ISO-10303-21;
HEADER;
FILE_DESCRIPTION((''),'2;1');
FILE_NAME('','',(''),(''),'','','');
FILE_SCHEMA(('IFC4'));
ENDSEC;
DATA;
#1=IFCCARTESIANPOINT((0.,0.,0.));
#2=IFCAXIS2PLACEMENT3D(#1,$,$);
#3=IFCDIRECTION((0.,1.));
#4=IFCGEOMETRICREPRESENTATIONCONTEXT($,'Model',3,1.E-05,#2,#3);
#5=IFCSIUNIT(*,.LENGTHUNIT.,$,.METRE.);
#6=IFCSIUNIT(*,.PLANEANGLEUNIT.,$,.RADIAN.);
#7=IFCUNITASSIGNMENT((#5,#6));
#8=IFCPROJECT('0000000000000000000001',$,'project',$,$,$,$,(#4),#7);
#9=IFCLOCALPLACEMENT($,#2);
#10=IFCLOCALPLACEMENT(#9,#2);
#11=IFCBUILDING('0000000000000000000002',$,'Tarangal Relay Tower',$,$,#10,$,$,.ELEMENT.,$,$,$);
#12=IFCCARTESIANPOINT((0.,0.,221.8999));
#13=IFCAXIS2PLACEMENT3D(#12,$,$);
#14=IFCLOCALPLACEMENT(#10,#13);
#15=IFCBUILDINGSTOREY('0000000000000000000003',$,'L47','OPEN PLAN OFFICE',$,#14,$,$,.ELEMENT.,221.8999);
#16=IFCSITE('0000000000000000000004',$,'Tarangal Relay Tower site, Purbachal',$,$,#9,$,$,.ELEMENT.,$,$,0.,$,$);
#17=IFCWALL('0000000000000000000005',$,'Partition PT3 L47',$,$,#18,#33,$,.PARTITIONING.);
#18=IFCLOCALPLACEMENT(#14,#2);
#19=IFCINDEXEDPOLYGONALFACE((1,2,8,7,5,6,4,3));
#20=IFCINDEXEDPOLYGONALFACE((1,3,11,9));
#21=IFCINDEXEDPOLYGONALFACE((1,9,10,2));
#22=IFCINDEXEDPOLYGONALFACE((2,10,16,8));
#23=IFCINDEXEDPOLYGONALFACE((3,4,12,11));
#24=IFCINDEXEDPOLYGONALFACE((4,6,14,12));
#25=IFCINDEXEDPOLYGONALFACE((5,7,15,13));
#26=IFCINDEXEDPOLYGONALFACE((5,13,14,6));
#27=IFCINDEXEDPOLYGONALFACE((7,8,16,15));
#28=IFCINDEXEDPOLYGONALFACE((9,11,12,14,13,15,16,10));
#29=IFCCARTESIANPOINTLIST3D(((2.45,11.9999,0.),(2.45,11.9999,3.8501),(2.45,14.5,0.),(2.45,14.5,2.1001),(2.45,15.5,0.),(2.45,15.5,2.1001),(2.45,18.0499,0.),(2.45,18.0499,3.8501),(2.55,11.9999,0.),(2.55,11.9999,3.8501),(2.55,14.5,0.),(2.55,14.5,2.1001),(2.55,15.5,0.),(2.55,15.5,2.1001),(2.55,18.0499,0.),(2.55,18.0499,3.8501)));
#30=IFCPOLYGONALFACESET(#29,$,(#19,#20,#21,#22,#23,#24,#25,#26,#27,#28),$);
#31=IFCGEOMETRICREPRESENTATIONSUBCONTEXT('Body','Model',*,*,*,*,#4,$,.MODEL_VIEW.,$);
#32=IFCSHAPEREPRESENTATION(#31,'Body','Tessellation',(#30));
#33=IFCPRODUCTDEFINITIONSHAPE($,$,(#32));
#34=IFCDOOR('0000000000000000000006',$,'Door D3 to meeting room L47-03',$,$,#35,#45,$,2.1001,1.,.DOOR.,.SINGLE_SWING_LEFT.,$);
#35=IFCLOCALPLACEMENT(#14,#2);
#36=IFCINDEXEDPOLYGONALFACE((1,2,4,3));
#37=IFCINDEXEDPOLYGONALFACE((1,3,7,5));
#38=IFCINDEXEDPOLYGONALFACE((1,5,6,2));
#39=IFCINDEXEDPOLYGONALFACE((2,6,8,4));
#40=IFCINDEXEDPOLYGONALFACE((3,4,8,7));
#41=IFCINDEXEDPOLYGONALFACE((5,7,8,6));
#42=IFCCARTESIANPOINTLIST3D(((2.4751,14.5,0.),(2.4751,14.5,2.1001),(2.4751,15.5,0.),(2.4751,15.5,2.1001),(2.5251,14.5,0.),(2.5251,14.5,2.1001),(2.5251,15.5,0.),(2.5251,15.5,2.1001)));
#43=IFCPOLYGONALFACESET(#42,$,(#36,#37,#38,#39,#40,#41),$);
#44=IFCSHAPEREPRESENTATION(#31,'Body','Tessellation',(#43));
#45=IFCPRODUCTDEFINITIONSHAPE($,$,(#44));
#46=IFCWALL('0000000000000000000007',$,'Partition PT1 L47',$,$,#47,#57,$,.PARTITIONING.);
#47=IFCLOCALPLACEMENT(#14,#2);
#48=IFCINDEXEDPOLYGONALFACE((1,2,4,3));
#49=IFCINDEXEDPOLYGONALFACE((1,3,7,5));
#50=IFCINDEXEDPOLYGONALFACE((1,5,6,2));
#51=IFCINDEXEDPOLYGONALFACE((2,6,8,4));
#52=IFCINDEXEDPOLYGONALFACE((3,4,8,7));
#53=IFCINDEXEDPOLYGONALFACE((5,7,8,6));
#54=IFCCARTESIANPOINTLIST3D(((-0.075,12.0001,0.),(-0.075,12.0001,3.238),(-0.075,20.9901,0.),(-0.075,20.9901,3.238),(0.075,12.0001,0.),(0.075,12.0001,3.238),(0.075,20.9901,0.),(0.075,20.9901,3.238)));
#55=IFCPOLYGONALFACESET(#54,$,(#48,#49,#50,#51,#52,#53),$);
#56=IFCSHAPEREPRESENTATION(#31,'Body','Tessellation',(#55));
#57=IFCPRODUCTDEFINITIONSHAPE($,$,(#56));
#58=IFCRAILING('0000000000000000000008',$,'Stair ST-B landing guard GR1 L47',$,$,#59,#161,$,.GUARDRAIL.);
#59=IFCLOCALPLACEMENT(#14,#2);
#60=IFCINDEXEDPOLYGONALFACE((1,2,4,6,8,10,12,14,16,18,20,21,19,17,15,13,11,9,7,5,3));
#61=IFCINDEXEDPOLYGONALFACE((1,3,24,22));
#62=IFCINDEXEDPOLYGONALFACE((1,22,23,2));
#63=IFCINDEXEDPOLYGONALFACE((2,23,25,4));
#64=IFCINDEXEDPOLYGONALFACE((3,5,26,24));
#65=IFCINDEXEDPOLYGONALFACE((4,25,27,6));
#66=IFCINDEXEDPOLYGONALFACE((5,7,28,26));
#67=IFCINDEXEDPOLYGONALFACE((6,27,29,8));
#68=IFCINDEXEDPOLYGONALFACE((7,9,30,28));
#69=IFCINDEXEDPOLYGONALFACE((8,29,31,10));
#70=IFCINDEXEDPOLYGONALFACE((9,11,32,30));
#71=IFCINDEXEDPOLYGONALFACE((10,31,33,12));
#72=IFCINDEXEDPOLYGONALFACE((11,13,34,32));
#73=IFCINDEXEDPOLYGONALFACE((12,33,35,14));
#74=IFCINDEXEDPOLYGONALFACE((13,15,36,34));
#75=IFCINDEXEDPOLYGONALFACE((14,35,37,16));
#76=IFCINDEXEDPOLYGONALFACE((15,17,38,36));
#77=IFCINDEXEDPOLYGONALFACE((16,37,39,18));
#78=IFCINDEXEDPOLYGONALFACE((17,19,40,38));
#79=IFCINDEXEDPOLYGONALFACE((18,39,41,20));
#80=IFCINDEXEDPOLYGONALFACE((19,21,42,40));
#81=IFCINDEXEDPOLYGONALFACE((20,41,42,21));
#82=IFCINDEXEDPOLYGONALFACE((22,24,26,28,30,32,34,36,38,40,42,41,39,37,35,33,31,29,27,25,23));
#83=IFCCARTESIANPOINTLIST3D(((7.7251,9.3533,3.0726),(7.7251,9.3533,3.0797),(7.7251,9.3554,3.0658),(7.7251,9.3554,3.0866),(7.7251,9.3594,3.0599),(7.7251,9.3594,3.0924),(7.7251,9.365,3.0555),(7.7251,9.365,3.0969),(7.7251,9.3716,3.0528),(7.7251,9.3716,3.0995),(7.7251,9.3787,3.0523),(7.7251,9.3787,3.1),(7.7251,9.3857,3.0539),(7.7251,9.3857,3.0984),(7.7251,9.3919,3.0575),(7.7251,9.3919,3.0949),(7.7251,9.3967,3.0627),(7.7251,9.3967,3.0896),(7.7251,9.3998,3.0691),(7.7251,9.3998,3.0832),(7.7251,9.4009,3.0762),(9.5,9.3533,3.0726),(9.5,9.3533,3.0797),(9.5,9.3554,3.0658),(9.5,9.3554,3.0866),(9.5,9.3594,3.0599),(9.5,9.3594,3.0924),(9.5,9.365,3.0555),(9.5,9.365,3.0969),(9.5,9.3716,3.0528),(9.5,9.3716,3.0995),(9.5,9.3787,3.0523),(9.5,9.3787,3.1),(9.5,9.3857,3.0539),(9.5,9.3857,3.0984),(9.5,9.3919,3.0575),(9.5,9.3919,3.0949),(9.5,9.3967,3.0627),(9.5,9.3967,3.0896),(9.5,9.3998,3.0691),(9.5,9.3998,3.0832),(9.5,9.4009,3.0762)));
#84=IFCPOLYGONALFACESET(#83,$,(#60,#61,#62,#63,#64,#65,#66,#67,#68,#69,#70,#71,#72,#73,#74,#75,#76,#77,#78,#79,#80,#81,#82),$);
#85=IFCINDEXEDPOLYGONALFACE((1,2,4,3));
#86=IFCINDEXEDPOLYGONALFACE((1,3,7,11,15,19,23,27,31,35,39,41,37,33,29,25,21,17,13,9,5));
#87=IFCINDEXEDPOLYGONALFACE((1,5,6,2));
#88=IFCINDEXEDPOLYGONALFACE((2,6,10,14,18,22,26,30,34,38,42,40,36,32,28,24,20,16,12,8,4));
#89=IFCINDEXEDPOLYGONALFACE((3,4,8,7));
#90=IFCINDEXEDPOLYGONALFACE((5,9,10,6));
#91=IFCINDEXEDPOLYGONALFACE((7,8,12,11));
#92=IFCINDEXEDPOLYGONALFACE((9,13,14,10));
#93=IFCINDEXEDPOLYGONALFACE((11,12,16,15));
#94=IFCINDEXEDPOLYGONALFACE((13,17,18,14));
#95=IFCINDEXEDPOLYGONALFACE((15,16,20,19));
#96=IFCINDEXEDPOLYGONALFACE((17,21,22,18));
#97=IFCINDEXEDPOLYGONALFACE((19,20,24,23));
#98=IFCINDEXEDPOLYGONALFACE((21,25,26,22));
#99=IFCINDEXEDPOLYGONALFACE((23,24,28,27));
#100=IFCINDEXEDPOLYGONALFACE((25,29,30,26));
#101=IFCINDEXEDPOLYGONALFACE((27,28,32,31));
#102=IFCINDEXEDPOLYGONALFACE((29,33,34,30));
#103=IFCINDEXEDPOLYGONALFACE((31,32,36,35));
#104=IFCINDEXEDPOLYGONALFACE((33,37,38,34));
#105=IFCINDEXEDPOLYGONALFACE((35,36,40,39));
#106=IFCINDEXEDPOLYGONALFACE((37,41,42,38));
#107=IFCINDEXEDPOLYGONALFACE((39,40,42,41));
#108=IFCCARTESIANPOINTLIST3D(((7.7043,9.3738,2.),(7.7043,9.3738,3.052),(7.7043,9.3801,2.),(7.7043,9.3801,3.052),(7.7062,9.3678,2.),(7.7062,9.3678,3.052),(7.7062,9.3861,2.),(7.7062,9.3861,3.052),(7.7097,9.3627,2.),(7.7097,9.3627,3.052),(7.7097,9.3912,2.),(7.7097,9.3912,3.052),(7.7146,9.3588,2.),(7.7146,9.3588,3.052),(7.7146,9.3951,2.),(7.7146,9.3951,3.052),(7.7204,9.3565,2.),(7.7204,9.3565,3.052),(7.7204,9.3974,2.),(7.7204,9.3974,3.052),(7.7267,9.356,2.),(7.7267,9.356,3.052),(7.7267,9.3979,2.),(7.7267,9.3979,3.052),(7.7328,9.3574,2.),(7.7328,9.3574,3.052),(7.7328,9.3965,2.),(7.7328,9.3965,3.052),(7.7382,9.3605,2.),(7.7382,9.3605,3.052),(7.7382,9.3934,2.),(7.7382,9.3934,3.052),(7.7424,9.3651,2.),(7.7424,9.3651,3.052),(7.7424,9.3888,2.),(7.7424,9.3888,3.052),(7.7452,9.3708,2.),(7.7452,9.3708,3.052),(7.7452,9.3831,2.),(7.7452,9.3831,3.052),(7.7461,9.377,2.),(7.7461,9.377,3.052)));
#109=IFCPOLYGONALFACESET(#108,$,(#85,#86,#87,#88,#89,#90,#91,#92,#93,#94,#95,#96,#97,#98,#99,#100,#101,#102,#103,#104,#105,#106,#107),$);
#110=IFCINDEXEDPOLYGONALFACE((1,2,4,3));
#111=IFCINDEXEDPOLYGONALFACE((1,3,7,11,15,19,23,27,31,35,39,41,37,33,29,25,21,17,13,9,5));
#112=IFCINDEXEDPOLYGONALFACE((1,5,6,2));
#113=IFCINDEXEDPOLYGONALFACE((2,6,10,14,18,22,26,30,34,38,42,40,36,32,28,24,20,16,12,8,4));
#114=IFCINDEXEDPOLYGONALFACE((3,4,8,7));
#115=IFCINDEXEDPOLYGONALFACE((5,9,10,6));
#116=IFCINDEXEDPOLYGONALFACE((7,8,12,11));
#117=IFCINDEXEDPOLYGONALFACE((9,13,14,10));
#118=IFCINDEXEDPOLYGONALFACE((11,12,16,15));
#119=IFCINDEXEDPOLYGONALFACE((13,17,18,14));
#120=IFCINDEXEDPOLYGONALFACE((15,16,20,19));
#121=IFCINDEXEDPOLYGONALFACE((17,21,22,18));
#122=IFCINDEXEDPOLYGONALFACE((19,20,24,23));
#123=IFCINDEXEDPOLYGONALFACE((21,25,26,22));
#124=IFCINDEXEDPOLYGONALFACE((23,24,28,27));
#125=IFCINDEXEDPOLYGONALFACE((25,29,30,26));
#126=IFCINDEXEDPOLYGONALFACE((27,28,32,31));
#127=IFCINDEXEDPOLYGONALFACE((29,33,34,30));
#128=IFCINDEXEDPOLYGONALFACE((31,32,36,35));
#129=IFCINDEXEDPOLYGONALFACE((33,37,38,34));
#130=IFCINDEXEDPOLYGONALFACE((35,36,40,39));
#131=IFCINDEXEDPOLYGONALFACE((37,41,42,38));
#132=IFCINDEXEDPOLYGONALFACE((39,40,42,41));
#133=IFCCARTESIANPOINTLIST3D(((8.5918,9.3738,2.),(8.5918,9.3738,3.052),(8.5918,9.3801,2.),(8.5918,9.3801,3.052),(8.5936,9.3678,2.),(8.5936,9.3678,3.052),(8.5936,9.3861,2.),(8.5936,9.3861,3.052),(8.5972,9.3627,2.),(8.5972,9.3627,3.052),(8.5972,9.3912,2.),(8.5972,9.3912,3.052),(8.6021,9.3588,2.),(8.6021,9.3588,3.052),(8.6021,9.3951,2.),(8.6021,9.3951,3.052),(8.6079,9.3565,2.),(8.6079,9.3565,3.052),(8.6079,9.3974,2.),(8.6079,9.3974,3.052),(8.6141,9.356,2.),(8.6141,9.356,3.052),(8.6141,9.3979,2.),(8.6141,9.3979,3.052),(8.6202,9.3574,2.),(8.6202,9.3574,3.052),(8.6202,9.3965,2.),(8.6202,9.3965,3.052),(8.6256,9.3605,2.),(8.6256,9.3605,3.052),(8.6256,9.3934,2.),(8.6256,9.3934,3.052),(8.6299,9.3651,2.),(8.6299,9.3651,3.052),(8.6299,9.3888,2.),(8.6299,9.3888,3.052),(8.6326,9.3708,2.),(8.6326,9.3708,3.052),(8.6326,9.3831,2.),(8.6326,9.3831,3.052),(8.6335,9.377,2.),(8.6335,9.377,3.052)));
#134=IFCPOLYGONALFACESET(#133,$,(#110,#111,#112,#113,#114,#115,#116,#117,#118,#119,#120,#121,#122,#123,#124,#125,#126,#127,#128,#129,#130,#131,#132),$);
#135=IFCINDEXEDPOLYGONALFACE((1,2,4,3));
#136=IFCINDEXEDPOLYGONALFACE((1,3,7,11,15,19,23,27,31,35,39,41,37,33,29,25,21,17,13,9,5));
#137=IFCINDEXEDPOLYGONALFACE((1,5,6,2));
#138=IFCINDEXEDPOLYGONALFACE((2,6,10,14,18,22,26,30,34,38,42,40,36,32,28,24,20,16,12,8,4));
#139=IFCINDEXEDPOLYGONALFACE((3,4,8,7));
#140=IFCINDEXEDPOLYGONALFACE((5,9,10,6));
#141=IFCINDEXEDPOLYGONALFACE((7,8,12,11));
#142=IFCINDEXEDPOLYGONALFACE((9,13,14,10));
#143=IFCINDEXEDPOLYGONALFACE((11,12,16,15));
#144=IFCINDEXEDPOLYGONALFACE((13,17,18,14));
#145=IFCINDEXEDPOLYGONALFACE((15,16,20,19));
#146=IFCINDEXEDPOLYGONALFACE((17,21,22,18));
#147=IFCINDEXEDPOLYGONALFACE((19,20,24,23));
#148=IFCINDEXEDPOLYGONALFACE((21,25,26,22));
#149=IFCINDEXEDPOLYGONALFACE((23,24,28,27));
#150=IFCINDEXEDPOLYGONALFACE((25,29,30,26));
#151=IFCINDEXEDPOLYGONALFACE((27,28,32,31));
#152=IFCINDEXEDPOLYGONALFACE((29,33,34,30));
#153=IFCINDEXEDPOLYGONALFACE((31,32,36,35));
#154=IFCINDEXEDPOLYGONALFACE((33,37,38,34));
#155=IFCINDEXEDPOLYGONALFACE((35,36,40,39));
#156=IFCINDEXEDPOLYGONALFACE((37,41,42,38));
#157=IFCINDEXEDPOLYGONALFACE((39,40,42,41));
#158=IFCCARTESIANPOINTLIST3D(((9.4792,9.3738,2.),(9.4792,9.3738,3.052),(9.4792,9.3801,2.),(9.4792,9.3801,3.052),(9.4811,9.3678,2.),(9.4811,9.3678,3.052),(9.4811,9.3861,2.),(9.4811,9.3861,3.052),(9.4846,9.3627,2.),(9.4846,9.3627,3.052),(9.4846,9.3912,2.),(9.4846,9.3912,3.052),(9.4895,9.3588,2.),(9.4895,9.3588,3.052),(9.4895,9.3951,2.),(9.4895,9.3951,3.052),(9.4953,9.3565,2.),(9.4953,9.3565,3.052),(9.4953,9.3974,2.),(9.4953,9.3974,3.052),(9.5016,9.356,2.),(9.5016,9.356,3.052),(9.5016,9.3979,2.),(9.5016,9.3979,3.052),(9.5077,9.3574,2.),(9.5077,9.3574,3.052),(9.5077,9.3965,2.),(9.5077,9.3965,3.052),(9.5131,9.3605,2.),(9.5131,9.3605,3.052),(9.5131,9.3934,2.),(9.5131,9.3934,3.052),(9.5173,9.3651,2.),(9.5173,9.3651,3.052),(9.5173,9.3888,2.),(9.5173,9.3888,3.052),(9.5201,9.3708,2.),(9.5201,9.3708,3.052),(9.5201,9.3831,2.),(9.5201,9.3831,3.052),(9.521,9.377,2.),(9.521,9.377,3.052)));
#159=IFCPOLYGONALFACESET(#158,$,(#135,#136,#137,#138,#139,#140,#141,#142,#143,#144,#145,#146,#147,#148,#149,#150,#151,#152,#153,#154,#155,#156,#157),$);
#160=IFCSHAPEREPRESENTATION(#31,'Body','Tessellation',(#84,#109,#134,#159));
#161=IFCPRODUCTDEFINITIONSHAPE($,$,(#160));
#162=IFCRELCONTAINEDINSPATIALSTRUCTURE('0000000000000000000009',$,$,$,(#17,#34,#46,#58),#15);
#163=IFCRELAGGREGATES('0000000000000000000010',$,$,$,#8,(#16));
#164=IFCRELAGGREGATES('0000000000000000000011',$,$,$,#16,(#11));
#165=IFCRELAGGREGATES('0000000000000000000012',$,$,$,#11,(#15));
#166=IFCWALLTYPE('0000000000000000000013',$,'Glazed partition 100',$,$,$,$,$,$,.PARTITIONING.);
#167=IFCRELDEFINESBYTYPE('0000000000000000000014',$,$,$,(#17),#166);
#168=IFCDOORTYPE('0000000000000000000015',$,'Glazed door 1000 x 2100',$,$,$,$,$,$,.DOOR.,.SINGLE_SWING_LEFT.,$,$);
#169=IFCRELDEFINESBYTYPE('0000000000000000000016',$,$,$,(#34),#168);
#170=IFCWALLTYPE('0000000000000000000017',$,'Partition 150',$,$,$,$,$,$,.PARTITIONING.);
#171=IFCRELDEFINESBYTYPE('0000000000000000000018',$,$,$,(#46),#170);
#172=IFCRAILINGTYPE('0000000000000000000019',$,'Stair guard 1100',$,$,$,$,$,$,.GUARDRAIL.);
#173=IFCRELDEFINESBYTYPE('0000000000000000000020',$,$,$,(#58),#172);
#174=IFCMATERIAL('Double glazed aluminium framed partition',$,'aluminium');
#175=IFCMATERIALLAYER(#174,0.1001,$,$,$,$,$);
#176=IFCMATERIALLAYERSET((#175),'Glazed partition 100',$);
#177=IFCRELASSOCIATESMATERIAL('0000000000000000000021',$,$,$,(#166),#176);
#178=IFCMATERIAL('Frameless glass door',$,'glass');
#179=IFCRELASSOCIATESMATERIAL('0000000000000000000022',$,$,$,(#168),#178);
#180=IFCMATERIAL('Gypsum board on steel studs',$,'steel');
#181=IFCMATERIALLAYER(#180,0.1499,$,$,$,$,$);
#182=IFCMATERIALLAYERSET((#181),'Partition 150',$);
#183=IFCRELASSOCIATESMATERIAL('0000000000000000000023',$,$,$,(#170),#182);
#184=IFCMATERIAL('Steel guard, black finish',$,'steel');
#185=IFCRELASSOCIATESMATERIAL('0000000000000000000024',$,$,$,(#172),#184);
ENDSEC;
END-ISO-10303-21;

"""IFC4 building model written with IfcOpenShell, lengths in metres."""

from ifc_helpers import new_model, si_unit, direction, frame, frame_2d, origin, origin_2d, place, context, subcontext, project, spatial, rectangle, circle, extrude, material, layer, layer_set, type_object, element, fill, save


model = new_model("IFC4")

# Units and contexts
model_context = context("Model", 3, precision=1e-05, world=origin(), true_north=direction((0.0, 1.0)))
body_context = subcontext(model_context, "Body", "Model", "MODEL_VIEW")
ifc_project = project(units=[si_unit("LENGTHUNIT", "METRE"), si_unit("PLANEANGLEUNIT", "RADIAN")], contexts=[model_context])

# Site, building, storey
site_placement = place(None, origin())
site = spatial("IfcSite", under=ifc_project, at=site_placement, Name="Tarangal Relay Tower site, Purbachal", CompositionType="ELEMENT", RefElevation=0.0)
building_placement = place(site_placement, origin())
building = spatial("IfcBuilding", under=site, at=building_placement, Name="Tarangal Relay Tower", CompositionType="ELEMENT")
storey_placement = place(building_placement, frame((0.0, 0.0, 221.8999)))
storey = spatial("IfcBuildingStorey", under=building, at=storey_placement, Name="L47", Description="OPEN PLAN OFFICE", CompositionType="ELEMENT", Elevation=221.8999)

# Wall, opening, door
ifc_material_1 = material(Name="Double glazed aluminium framed partition", Category="aluminium")
ifc_layer_1 = layer(ifc_material_1, 0.1001)
ifc_layer_set_1 = layer_set([ifc_layer_1], Name="Glazed partition 100")
wall_type_1 = type_object("IfcWallType", Name="Glazed partition 100", PredefinedType="PARTITIONING", material=ifc_layer_set_1)
wall_1_placement = place(storey_placement, frame((2.5, 12.0, 0.0), z_axis=(0.0, 0.0, 1.0), x_axis=(0.0, 1.0, 0.0)))
wall_1 = element("IfcWall", 1, at=wall_1_placement, inside=storey, type_object=wall_type_1, Name="Partition PT3 L47", PredefinedType="PARTITIONING", context=body_context, shape_type="SweptSolid", body=[
    extrude(rectangle(XDim=6.05, YDim=0.1001, at=frame_2d((3.0249, 0.0))), origin(), (0.0, 0.0, 1.0), 3.8501),
])
opening_1_placement = place(wall_1_placement, frame((2.5, 0.0, 0.0)))
opening_1 = element("IfcOpeningElement", 2, at=opening_1_placement, cuts=wall_1, PredefinedType="OPENING", context=body_context, shape_type="SweptSolid", body=[
    extrude(rectangle(XDim=1.0, YDim=2.1001, at=frame_2d((0.5, 1.05))), frame((0.0, 0.0601, 0.0), z_axis=(0.0, -1.0, 0.0), x_axis=(1.0, 0.0, 0.0)), (0.0, 0.0, 1.0), 0.1201),
])
ifc_material_2 = material(Name="Frameless glass door", Category="glass")
door_type_1 = type_object("IfcDoorType", Name="Glazed door 1000 x 2100", OperationType="SINGLE_SWING_LEFT", PredefinedType="DOOR", material=ifc_material_2)
door_1_placement = place(opening_1_placement, origin())
door_1 = element("IfcDoor", 3, at=door_1_placement, inside=storey, type_object=door_type_1, Name="Door D3 to meeting room L47-03", OperationType="SINGLE_SWING_LEFT", OverallHeight=2.1001, OverallWidth=1.0, PredefinedType="DOOR", context=body_context, shape_type="SweptSolid", body=[
    extrude(rectangle(XDim=1.0, YDim=2.1001, at=frame_2d((0.5, 1.05))), frame((0.0, 0.0249, 0.0), z_axis=(0.0, -1.0, 0.0), x_axis=(1.0, 0.0, 0.0)), (0.0, 0.0, 1.0), 0.05),
])
fill(opening_1, door_1)

# Wall
ifc_material_3 = material(Name="Gypsum board on steel studs", Category="steel")
ifc_layer_2 = layer(ifc_material_3, 0.1499)
ifc_layer_set_2 = layer_set([ifc_layer_2], Name="Partition 150")
wall_type_2 = type_object("IfcWallType", Name="Partition 150", PredefinedType="PARTITIONING", material=ifc_layer_set_2)
wall_2_placement = place(storey_placement, frame((0.0, 12.0, 0.0), z_axis=(0.0, 0.0, 1.0), x_axis=(0.0, 1.0, 0.0)))
element("IfcWall", 4, at=wall_2_placement, inside=storey, type_object=wall_type_2, Name="Partition PT1 L47", PredefinedType="PARTITIONING", context=body_context, shape_type="SweptSolid", body=[
    extrude(rectangle(XDim=8.99, YDim=0.1499, at=frame_2d((4.4951, 0.0))), origin(), (0.0, 0.0, 1.0), 3.238),
])

# Railing
ifc_material_4 = material(Name="Steel guard, black finish", Category="steel")
railing_type = type_object("IfcRailingType", Name="Stair guard 1100", PredefinedType="GUARDRAIL", material=ifc_material_4)
railing_placement = place(storey_placement, frame((7.7251, 9.377, 2.0)))
element("IfcRailing", 5, at=railing_placement, inside=storey, type_object=railing_type, Name="Stair ST-B landing guard GR1 L47", PredefinedType="GUARDRAIL", context=body_context, shape_type="SweptSolid", body=[
    extrude(circle(Radius=0.0239, at=origin_2d()), frame((0.0, 0.0, 1.0762), z_axis=(1.0, 0.0, 0.0), x_axis=(0.0, 1.0, 0.0)), (0.0, 0.0, 1.0), 1.7749),
    extrude(circle(Radius=0.021, at=origin_2d()), origin(), (0.0, 0.0, 1.0), 1.052),
    extrude(circle(Radius=0.021, at=origin_2d()), frame((0.8875, 0.0, 0.0)), (0.0, 0.0, 1.0), 1.052),
    extrude(circle(Radius=0.021, at=origin_2d()), frame((1.7749, 0.0, 0.0)), (0.0, 0.0, 1.0), 1.052),
])

save(model, "model.ifc")
